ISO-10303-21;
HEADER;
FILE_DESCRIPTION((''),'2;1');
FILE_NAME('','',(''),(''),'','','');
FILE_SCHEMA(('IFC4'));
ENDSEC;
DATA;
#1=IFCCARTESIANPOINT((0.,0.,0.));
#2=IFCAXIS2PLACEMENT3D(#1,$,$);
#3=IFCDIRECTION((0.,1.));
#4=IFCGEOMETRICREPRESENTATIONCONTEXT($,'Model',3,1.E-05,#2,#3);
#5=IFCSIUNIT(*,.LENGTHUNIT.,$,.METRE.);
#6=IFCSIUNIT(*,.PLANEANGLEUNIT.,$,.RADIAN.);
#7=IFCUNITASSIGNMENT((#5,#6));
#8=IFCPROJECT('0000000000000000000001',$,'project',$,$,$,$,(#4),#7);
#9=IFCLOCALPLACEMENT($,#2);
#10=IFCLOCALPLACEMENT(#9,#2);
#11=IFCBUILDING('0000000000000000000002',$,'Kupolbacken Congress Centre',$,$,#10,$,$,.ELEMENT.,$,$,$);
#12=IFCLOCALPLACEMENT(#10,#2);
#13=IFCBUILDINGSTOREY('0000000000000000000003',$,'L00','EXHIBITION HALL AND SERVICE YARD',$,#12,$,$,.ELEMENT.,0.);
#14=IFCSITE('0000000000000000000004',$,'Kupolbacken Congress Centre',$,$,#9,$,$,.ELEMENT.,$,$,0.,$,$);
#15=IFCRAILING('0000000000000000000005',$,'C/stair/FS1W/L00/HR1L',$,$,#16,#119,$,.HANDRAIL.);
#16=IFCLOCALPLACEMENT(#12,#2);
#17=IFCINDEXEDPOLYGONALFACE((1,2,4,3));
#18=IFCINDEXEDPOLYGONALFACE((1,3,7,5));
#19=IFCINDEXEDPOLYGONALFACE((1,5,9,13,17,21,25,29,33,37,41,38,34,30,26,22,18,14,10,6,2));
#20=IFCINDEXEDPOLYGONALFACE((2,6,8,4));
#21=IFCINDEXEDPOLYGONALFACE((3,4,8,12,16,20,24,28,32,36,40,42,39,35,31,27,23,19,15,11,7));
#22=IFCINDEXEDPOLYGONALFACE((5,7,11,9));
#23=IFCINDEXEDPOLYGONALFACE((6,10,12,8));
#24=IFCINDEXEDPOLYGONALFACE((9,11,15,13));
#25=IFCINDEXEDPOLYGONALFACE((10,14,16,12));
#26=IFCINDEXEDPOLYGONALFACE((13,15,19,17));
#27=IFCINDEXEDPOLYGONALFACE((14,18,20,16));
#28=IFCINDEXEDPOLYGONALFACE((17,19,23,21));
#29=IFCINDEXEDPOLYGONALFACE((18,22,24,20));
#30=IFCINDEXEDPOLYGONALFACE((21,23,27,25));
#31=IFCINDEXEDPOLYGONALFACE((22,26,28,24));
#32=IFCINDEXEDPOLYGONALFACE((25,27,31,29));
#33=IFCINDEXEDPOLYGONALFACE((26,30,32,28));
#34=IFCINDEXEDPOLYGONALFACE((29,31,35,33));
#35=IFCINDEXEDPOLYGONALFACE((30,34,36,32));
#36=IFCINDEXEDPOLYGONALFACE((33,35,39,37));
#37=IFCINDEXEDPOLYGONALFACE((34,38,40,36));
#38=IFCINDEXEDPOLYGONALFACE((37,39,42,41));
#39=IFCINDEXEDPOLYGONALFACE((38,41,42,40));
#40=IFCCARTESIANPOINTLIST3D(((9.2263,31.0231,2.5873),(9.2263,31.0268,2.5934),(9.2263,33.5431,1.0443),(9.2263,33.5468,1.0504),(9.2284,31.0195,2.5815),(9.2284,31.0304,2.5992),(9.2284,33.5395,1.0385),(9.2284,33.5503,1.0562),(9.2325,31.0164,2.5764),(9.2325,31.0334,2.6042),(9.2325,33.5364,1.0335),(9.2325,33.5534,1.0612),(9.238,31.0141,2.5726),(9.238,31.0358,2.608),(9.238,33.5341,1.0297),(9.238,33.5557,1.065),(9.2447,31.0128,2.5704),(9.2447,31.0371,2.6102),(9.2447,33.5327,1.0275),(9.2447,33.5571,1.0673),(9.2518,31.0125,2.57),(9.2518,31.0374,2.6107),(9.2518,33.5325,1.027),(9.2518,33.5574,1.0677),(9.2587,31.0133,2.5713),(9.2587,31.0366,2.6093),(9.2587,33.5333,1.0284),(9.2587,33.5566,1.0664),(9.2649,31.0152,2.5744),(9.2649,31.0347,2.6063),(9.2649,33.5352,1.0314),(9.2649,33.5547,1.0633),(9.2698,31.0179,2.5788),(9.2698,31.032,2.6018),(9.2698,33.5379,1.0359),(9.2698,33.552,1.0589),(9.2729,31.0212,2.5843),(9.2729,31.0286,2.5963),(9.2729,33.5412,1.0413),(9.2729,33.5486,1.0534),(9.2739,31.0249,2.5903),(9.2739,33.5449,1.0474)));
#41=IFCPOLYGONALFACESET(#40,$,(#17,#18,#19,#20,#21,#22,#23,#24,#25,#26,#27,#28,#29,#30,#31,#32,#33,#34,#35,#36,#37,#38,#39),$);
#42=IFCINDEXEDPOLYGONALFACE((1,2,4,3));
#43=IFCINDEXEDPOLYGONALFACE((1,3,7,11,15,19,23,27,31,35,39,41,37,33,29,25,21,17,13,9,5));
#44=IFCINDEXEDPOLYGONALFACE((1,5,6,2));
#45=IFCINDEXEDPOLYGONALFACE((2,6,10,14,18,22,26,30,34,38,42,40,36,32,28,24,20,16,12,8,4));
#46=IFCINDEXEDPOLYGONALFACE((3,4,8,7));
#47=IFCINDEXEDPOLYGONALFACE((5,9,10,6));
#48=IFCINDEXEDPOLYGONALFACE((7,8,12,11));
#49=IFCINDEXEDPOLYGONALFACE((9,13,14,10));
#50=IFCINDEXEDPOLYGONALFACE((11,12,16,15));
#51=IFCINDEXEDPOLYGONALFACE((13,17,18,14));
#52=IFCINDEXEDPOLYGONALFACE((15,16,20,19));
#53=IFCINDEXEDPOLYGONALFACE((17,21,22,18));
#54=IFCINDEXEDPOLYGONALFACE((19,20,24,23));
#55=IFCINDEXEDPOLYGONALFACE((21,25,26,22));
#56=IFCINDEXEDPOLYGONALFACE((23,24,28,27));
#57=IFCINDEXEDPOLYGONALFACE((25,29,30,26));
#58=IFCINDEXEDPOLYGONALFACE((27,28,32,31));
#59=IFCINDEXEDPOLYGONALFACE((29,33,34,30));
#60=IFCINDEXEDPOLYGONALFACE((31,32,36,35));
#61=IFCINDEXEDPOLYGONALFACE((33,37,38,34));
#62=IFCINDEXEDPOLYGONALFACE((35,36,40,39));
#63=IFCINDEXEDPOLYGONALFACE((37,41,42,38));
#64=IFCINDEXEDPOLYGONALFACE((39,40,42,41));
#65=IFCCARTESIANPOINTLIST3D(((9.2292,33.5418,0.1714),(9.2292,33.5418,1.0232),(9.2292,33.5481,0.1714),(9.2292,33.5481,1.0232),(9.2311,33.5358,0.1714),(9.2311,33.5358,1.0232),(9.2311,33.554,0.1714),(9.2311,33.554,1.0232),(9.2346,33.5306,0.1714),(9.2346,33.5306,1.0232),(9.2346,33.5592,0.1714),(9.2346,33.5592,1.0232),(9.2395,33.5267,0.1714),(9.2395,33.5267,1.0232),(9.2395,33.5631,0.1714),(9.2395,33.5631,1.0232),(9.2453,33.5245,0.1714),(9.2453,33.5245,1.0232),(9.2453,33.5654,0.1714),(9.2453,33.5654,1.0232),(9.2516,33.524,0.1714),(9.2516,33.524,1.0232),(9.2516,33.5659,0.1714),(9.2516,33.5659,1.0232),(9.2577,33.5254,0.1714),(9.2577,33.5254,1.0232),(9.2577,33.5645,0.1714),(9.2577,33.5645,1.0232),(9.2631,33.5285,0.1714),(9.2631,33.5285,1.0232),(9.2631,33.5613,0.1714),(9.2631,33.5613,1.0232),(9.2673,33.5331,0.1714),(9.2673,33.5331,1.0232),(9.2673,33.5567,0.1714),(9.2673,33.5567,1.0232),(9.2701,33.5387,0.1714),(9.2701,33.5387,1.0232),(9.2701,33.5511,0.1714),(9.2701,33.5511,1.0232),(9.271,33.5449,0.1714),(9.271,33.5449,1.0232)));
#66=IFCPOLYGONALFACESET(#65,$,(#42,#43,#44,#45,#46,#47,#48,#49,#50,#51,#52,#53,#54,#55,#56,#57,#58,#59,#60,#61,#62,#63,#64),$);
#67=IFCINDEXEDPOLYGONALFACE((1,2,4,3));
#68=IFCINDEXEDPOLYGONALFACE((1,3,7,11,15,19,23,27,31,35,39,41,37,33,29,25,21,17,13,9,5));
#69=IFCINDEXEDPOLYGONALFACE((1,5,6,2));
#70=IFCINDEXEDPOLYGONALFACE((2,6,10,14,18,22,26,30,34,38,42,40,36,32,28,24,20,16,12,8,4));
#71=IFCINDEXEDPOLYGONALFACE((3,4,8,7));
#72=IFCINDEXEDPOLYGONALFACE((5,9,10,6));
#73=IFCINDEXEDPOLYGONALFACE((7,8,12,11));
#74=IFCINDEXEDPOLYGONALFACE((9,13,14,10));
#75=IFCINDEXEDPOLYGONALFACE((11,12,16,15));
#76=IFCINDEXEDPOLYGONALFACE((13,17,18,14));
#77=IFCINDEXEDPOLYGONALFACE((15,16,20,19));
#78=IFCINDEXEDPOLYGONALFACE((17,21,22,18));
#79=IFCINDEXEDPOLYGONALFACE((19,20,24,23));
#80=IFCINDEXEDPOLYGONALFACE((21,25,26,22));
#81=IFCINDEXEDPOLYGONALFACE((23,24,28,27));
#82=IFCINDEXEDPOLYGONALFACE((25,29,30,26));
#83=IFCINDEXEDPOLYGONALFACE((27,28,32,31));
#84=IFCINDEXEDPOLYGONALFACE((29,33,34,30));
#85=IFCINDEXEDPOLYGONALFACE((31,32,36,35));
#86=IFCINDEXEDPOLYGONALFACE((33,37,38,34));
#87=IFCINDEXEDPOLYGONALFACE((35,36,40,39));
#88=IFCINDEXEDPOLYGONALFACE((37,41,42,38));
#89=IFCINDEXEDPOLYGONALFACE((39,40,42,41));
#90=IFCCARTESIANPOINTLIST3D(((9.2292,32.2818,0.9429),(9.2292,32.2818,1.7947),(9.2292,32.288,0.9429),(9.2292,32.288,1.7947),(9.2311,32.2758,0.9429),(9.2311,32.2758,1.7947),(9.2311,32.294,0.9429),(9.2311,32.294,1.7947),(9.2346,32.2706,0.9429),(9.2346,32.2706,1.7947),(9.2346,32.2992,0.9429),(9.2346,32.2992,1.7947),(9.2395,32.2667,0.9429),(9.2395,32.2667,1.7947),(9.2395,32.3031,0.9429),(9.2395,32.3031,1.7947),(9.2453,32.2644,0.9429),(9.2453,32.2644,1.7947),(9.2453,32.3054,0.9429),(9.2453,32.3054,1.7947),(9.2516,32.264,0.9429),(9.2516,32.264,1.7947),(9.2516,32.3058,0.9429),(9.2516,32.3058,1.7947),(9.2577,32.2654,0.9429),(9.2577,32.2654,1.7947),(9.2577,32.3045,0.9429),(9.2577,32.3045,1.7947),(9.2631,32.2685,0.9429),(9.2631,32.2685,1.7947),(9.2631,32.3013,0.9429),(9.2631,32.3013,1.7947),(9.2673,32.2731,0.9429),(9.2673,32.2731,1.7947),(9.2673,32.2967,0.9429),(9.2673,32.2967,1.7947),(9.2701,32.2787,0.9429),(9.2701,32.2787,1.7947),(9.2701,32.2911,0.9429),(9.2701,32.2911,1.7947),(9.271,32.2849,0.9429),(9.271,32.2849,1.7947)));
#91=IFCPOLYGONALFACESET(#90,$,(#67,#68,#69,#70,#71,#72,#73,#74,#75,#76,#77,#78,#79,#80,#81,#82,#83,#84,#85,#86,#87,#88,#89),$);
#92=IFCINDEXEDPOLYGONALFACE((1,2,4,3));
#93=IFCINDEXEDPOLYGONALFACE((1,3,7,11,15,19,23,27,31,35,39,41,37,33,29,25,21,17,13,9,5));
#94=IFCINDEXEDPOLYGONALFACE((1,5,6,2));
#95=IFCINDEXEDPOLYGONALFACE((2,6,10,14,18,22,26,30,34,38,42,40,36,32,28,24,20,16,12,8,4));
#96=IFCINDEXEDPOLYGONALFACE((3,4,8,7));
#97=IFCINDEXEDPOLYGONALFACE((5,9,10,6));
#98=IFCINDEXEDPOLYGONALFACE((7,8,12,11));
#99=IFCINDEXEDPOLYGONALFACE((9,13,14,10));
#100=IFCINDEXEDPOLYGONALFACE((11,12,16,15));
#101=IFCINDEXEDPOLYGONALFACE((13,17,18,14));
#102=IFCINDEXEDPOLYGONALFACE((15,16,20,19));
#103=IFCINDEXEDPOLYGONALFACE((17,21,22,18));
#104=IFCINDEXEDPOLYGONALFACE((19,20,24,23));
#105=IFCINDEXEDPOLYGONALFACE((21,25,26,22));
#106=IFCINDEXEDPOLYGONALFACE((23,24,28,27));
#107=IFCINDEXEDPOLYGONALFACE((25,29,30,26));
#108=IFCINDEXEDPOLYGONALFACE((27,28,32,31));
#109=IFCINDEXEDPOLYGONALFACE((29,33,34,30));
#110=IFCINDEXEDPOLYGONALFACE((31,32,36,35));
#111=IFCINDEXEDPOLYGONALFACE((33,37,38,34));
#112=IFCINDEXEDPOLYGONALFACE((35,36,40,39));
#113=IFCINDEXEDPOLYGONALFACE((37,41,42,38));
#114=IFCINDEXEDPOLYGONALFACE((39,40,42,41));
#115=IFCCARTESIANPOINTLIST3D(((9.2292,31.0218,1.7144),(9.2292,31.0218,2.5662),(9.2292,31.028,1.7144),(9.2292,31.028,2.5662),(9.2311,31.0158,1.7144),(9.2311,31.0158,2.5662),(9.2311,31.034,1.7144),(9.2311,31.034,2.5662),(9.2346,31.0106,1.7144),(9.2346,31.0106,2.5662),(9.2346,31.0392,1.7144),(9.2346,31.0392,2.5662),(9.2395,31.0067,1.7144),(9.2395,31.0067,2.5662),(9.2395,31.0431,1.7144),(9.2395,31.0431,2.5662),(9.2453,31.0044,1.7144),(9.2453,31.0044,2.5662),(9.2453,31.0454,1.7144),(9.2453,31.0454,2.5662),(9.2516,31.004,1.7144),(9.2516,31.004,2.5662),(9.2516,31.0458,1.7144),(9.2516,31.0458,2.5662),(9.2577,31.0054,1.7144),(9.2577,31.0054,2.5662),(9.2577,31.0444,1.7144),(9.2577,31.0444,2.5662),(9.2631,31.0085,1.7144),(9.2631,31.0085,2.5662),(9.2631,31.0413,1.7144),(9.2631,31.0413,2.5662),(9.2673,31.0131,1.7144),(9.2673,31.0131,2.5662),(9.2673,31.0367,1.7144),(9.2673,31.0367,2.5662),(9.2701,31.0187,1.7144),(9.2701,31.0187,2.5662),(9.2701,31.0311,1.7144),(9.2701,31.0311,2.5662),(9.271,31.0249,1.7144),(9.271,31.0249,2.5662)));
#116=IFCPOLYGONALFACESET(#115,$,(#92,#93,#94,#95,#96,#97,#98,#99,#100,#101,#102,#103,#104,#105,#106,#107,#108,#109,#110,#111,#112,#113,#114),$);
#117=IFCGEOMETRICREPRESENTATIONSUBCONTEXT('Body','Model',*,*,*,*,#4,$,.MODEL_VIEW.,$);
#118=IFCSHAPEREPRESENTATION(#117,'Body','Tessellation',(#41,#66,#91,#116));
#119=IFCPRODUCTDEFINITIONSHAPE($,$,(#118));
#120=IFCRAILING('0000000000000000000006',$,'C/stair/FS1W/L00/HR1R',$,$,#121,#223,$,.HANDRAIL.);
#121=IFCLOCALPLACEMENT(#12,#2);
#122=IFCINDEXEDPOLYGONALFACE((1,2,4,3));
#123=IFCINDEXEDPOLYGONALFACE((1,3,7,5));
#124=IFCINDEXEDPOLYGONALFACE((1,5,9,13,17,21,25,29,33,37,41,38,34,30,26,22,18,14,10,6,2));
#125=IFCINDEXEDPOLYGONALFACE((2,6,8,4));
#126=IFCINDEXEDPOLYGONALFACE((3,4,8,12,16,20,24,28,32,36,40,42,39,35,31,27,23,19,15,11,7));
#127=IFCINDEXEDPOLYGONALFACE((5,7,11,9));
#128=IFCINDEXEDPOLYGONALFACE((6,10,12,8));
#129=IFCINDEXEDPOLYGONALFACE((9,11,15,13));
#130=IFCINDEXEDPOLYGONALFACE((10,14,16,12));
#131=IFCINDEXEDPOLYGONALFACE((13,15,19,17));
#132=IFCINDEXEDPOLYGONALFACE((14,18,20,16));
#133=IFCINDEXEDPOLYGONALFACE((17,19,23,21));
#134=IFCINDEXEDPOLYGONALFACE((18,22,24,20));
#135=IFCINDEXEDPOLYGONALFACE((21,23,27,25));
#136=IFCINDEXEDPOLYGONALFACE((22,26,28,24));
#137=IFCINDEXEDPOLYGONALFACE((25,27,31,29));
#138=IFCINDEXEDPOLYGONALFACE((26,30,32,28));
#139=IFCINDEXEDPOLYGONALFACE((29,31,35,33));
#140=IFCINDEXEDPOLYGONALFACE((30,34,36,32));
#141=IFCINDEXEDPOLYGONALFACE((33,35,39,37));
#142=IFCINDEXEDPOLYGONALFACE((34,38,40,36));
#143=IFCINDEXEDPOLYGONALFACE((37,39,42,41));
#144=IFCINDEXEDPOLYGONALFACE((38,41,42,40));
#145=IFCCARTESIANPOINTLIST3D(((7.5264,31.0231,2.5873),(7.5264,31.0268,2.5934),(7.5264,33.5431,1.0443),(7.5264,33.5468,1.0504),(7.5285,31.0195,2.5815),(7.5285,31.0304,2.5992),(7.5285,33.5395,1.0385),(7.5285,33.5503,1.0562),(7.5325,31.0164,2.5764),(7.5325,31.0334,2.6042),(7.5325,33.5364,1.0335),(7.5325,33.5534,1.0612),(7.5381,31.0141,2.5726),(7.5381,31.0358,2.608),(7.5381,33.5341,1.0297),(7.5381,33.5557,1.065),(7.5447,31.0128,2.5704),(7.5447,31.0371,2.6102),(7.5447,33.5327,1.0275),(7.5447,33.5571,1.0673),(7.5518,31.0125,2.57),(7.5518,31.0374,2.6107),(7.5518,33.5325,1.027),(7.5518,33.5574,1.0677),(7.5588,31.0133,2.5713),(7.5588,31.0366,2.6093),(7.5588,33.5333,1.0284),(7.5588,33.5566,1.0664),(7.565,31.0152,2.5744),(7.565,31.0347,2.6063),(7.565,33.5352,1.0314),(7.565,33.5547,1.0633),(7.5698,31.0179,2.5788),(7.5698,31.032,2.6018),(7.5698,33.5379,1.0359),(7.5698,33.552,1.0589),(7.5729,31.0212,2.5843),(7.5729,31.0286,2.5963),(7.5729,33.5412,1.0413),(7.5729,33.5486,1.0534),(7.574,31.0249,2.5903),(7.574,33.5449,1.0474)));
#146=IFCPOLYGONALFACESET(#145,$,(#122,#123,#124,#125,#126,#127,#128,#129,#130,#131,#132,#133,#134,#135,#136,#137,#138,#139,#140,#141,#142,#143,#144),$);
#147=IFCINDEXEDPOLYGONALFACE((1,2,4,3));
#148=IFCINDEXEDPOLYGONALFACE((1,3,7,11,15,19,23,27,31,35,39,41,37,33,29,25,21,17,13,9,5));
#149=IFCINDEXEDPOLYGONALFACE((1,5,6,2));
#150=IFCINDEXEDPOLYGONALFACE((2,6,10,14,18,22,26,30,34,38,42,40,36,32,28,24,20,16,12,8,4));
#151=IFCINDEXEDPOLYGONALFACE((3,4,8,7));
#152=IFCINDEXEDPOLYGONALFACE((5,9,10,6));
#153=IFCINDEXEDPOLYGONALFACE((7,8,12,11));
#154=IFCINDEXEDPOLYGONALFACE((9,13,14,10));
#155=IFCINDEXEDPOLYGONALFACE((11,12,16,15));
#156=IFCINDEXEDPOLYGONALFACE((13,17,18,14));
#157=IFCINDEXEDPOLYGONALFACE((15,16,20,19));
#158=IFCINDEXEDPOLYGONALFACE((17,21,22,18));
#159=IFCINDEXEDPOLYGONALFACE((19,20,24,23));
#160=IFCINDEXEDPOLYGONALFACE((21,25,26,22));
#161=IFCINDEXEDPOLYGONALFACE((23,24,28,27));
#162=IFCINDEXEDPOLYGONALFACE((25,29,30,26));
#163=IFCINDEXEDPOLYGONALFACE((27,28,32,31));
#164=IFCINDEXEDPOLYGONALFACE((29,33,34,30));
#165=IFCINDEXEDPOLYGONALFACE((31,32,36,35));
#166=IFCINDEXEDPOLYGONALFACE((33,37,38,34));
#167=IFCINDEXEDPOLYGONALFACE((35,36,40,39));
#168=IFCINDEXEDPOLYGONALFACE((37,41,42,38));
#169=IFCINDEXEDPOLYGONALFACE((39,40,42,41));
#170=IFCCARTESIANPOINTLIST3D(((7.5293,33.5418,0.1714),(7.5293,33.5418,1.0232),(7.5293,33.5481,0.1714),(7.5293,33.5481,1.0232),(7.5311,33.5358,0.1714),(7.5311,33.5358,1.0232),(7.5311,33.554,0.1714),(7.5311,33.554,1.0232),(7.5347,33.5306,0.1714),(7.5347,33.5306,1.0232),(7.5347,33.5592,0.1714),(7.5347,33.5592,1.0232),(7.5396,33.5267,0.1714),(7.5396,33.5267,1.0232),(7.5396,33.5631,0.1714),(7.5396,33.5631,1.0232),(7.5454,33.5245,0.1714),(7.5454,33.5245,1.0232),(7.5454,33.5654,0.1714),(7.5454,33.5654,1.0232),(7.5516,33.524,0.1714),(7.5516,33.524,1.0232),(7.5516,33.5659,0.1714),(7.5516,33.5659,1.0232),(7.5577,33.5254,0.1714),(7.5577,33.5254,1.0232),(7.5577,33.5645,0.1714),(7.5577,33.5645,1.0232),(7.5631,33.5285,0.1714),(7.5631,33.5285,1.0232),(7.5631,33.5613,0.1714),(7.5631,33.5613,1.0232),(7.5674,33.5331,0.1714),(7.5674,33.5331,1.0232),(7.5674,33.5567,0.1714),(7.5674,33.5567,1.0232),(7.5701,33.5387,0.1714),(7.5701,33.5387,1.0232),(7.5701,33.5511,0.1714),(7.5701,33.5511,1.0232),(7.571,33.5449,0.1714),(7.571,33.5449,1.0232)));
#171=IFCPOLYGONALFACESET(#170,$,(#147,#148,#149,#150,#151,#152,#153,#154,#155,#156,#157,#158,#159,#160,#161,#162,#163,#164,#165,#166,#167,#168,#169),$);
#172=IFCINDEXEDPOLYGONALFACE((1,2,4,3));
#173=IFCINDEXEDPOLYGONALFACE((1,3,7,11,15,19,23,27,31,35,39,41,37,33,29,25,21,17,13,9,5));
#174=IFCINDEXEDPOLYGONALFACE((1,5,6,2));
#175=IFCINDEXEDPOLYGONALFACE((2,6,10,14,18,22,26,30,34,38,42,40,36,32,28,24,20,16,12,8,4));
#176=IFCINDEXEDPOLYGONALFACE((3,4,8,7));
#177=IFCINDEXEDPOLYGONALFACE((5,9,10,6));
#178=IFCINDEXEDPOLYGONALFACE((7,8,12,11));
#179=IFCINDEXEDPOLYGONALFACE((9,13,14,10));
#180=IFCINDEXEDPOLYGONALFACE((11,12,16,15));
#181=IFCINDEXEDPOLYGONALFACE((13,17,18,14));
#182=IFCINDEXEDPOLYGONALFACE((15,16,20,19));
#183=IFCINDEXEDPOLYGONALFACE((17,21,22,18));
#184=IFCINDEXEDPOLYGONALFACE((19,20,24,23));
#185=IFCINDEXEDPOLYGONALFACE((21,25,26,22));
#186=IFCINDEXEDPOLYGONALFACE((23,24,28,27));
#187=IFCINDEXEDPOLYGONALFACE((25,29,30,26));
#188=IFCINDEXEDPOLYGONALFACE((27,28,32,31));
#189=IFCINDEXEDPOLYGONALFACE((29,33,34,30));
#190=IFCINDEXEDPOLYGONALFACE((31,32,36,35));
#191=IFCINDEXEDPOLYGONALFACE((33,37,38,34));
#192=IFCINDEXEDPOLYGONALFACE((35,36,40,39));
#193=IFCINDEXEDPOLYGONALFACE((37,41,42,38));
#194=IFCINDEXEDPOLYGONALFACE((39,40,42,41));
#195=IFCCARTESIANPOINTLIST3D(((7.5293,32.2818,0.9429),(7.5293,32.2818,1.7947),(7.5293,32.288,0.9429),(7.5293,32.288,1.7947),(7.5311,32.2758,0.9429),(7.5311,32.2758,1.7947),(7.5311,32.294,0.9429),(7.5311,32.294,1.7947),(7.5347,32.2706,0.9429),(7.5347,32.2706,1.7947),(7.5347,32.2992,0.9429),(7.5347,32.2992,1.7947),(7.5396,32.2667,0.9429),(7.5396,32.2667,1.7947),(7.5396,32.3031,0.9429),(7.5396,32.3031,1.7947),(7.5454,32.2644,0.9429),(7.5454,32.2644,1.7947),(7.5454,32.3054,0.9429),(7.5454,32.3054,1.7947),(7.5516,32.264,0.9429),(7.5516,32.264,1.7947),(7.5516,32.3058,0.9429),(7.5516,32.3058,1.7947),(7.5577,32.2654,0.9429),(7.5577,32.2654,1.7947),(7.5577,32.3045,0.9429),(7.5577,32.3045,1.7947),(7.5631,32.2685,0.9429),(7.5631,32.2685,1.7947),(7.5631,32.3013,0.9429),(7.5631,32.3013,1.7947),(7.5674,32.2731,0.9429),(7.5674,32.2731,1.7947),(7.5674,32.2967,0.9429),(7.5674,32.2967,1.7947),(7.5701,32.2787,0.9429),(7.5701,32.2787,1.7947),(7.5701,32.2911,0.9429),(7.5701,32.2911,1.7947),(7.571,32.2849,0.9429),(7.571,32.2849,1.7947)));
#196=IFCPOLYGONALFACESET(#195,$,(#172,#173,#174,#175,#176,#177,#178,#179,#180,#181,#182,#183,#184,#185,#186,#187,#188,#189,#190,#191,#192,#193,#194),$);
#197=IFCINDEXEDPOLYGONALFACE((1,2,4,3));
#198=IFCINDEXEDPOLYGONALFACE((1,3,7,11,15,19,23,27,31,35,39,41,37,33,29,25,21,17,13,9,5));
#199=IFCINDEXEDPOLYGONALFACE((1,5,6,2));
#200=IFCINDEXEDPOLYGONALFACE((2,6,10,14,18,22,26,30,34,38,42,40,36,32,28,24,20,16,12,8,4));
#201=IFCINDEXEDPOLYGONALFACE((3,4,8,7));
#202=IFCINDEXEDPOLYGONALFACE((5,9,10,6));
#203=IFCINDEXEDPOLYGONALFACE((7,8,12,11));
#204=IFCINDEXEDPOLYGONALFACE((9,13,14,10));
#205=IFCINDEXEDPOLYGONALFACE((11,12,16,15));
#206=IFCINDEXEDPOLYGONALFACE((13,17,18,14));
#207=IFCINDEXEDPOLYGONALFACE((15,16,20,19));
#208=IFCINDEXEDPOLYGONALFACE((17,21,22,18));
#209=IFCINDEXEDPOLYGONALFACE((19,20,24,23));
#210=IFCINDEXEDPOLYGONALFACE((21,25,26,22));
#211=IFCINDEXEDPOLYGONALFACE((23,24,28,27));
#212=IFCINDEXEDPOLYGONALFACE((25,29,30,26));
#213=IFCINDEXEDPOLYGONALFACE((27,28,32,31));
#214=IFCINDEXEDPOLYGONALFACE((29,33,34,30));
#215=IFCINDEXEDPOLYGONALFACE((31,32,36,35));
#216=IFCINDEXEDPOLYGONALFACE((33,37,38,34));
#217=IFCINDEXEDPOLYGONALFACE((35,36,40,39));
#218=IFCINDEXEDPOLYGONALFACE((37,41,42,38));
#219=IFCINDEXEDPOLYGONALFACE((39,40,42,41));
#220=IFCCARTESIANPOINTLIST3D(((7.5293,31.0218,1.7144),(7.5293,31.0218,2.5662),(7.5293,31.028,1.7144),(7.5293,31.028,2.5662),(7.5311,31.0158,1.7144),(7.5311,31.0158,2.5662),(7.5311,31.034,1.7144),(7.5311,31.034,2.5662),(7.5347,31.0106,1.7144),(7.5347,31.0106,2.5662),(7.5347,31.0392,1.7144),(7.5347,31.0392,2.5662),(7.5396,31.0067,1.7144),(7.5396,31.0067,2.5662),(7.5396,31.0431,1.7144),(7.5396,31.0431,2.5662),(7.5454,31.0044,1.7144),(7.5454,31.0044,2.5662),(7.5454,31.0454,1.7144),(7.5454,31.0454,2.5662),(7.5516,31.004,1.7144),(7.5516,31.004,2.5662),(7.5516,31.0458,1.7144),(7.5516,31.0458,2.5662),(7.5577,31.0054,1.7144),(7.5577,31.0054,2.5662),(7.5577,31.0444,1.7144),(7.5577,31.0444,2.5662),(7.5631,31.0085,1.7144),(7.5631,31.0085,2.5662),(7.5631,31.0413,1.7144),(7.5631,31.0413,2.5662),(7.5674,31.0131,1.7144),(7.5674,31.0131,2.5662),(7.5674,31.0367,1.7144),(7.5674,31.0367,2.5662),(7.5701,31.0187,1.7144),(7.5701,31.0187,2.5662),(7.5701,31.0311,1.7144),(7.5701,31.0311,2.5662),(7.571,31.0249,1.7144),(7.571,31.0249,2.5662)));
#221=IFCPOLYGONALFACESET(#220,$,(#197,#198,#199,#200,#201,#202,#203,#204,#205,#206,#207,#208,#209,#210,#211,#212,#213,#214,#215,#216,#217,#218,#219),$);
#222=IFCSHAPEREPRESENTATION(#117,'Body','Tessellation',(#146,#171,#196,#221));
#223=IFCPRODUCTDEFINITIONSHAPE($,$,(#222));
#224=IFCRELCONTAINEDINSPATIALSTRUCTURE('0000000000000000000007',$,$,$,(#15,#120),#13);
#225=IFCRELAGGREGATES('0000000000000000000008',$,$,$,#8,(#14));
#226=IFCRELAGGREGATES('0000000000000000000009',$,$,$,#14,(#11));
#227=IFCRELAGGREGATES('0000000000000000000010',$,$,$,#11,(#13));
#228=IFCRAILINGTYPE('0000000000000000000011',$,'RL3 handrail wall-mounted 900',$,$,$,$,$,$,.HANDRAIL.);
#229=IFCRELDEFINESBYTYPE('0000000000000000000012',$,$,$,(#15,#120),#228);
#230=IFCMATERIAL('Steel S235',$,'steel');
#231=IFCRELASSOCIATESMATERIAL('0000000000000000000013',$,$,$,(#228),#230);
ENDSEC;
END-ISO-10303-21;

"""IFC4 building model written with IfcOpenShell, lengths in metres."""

from ifc_helpers import new_model, si_unit, direction, frame, origin, origin_2d, place, context, subcontext, project, spatial, circle, extrude, material, type_object, element, save


model = new_model("IFC4")

# Units and contexts
model_context = context("Model", 3, precision=1e-05, world=origin(), true_north=direction((0.0, 1.0)))
body_context = subcontext(model_context, "Body", "Model", "MODEL_VIEW")
ifc_project = project(units=[si_unit("LENGTHUNIT", "METRE"), si_unit("PLANEANGLEUNIT", "RADIAN")], contexts=[model_context])

# Site, building, storey
site_placement = place(None, origin())
site = spatial("IfcSite", under=ifc_project, at=site_placement, Name="Kupolbacken Congress Centre", CompositionType="ELEMENT", RefElevation=0.0)
building_placement = place(site_placement, origin())
building = spatial("IfcBuilding", under=site, at=building_placement, Name="Kupolbacken Congress Centre", CompositionType="ELEMENT")
storey_placement = place(building_placement, origin())
storey = spatial("IfcBuildingStorey", under=building, at=storey_placement, Name="L00", Description="EXHIBITION HALL AND SERVICE YARD", CompositionType="ELEMENT", Elevation=0.0)

# Railings
ifc_material_1 = material(Name="Steel S235", Category="steel")
railing_type = type_object("IfcRailingType", Name="RL3 handrail wall-mounted 900", PredefinedType="HANDRAIL", material=ifc_material_1)
for number, where, name in (
    (1, (9.25, 33.5449, 0.1714), "C/stair/FS1W/L00/HR1L"),
    (2, (7.55, 33.5449, 0.1714), "C/stair/FS1W/L00/HR1R"),
):
    element("IfcRailing", number, at=place(storey_placement, frame(where)), inside=storey, type_object=railing_type, Name=name, PredefinedType="HANDRAIL", context=body_context, shape_type="SweptSolid", body=[
        extrude(circle(Radius=0.0239, at=origin_2d()), frame((0.0, 0.0, 0.876), z_axis=(0.0, -0.852836, 0.522178), x_axis=(1.0, 0.0, 0.0)), (0.0, 0.0, 1.0), 2.9548),
        extrude(circle(Radius=0.021, at=origin_2d()), origin(), (0.0, 0.0, 1.0), 0.8518),
        extrude(circle(Radius=0.021, at=origin_2d()), frame((0.0, -1.26, 0.7715)), (0.0, 0.0, 1.0), 0.8518),
        extrude(circle(Radius=0.021, at=origin_2d()), frame((0.0, -2.52, 1.543)), (0.0, 0.0, 1.0), 0.8518),
    ])

save(model, "model.ifc")
